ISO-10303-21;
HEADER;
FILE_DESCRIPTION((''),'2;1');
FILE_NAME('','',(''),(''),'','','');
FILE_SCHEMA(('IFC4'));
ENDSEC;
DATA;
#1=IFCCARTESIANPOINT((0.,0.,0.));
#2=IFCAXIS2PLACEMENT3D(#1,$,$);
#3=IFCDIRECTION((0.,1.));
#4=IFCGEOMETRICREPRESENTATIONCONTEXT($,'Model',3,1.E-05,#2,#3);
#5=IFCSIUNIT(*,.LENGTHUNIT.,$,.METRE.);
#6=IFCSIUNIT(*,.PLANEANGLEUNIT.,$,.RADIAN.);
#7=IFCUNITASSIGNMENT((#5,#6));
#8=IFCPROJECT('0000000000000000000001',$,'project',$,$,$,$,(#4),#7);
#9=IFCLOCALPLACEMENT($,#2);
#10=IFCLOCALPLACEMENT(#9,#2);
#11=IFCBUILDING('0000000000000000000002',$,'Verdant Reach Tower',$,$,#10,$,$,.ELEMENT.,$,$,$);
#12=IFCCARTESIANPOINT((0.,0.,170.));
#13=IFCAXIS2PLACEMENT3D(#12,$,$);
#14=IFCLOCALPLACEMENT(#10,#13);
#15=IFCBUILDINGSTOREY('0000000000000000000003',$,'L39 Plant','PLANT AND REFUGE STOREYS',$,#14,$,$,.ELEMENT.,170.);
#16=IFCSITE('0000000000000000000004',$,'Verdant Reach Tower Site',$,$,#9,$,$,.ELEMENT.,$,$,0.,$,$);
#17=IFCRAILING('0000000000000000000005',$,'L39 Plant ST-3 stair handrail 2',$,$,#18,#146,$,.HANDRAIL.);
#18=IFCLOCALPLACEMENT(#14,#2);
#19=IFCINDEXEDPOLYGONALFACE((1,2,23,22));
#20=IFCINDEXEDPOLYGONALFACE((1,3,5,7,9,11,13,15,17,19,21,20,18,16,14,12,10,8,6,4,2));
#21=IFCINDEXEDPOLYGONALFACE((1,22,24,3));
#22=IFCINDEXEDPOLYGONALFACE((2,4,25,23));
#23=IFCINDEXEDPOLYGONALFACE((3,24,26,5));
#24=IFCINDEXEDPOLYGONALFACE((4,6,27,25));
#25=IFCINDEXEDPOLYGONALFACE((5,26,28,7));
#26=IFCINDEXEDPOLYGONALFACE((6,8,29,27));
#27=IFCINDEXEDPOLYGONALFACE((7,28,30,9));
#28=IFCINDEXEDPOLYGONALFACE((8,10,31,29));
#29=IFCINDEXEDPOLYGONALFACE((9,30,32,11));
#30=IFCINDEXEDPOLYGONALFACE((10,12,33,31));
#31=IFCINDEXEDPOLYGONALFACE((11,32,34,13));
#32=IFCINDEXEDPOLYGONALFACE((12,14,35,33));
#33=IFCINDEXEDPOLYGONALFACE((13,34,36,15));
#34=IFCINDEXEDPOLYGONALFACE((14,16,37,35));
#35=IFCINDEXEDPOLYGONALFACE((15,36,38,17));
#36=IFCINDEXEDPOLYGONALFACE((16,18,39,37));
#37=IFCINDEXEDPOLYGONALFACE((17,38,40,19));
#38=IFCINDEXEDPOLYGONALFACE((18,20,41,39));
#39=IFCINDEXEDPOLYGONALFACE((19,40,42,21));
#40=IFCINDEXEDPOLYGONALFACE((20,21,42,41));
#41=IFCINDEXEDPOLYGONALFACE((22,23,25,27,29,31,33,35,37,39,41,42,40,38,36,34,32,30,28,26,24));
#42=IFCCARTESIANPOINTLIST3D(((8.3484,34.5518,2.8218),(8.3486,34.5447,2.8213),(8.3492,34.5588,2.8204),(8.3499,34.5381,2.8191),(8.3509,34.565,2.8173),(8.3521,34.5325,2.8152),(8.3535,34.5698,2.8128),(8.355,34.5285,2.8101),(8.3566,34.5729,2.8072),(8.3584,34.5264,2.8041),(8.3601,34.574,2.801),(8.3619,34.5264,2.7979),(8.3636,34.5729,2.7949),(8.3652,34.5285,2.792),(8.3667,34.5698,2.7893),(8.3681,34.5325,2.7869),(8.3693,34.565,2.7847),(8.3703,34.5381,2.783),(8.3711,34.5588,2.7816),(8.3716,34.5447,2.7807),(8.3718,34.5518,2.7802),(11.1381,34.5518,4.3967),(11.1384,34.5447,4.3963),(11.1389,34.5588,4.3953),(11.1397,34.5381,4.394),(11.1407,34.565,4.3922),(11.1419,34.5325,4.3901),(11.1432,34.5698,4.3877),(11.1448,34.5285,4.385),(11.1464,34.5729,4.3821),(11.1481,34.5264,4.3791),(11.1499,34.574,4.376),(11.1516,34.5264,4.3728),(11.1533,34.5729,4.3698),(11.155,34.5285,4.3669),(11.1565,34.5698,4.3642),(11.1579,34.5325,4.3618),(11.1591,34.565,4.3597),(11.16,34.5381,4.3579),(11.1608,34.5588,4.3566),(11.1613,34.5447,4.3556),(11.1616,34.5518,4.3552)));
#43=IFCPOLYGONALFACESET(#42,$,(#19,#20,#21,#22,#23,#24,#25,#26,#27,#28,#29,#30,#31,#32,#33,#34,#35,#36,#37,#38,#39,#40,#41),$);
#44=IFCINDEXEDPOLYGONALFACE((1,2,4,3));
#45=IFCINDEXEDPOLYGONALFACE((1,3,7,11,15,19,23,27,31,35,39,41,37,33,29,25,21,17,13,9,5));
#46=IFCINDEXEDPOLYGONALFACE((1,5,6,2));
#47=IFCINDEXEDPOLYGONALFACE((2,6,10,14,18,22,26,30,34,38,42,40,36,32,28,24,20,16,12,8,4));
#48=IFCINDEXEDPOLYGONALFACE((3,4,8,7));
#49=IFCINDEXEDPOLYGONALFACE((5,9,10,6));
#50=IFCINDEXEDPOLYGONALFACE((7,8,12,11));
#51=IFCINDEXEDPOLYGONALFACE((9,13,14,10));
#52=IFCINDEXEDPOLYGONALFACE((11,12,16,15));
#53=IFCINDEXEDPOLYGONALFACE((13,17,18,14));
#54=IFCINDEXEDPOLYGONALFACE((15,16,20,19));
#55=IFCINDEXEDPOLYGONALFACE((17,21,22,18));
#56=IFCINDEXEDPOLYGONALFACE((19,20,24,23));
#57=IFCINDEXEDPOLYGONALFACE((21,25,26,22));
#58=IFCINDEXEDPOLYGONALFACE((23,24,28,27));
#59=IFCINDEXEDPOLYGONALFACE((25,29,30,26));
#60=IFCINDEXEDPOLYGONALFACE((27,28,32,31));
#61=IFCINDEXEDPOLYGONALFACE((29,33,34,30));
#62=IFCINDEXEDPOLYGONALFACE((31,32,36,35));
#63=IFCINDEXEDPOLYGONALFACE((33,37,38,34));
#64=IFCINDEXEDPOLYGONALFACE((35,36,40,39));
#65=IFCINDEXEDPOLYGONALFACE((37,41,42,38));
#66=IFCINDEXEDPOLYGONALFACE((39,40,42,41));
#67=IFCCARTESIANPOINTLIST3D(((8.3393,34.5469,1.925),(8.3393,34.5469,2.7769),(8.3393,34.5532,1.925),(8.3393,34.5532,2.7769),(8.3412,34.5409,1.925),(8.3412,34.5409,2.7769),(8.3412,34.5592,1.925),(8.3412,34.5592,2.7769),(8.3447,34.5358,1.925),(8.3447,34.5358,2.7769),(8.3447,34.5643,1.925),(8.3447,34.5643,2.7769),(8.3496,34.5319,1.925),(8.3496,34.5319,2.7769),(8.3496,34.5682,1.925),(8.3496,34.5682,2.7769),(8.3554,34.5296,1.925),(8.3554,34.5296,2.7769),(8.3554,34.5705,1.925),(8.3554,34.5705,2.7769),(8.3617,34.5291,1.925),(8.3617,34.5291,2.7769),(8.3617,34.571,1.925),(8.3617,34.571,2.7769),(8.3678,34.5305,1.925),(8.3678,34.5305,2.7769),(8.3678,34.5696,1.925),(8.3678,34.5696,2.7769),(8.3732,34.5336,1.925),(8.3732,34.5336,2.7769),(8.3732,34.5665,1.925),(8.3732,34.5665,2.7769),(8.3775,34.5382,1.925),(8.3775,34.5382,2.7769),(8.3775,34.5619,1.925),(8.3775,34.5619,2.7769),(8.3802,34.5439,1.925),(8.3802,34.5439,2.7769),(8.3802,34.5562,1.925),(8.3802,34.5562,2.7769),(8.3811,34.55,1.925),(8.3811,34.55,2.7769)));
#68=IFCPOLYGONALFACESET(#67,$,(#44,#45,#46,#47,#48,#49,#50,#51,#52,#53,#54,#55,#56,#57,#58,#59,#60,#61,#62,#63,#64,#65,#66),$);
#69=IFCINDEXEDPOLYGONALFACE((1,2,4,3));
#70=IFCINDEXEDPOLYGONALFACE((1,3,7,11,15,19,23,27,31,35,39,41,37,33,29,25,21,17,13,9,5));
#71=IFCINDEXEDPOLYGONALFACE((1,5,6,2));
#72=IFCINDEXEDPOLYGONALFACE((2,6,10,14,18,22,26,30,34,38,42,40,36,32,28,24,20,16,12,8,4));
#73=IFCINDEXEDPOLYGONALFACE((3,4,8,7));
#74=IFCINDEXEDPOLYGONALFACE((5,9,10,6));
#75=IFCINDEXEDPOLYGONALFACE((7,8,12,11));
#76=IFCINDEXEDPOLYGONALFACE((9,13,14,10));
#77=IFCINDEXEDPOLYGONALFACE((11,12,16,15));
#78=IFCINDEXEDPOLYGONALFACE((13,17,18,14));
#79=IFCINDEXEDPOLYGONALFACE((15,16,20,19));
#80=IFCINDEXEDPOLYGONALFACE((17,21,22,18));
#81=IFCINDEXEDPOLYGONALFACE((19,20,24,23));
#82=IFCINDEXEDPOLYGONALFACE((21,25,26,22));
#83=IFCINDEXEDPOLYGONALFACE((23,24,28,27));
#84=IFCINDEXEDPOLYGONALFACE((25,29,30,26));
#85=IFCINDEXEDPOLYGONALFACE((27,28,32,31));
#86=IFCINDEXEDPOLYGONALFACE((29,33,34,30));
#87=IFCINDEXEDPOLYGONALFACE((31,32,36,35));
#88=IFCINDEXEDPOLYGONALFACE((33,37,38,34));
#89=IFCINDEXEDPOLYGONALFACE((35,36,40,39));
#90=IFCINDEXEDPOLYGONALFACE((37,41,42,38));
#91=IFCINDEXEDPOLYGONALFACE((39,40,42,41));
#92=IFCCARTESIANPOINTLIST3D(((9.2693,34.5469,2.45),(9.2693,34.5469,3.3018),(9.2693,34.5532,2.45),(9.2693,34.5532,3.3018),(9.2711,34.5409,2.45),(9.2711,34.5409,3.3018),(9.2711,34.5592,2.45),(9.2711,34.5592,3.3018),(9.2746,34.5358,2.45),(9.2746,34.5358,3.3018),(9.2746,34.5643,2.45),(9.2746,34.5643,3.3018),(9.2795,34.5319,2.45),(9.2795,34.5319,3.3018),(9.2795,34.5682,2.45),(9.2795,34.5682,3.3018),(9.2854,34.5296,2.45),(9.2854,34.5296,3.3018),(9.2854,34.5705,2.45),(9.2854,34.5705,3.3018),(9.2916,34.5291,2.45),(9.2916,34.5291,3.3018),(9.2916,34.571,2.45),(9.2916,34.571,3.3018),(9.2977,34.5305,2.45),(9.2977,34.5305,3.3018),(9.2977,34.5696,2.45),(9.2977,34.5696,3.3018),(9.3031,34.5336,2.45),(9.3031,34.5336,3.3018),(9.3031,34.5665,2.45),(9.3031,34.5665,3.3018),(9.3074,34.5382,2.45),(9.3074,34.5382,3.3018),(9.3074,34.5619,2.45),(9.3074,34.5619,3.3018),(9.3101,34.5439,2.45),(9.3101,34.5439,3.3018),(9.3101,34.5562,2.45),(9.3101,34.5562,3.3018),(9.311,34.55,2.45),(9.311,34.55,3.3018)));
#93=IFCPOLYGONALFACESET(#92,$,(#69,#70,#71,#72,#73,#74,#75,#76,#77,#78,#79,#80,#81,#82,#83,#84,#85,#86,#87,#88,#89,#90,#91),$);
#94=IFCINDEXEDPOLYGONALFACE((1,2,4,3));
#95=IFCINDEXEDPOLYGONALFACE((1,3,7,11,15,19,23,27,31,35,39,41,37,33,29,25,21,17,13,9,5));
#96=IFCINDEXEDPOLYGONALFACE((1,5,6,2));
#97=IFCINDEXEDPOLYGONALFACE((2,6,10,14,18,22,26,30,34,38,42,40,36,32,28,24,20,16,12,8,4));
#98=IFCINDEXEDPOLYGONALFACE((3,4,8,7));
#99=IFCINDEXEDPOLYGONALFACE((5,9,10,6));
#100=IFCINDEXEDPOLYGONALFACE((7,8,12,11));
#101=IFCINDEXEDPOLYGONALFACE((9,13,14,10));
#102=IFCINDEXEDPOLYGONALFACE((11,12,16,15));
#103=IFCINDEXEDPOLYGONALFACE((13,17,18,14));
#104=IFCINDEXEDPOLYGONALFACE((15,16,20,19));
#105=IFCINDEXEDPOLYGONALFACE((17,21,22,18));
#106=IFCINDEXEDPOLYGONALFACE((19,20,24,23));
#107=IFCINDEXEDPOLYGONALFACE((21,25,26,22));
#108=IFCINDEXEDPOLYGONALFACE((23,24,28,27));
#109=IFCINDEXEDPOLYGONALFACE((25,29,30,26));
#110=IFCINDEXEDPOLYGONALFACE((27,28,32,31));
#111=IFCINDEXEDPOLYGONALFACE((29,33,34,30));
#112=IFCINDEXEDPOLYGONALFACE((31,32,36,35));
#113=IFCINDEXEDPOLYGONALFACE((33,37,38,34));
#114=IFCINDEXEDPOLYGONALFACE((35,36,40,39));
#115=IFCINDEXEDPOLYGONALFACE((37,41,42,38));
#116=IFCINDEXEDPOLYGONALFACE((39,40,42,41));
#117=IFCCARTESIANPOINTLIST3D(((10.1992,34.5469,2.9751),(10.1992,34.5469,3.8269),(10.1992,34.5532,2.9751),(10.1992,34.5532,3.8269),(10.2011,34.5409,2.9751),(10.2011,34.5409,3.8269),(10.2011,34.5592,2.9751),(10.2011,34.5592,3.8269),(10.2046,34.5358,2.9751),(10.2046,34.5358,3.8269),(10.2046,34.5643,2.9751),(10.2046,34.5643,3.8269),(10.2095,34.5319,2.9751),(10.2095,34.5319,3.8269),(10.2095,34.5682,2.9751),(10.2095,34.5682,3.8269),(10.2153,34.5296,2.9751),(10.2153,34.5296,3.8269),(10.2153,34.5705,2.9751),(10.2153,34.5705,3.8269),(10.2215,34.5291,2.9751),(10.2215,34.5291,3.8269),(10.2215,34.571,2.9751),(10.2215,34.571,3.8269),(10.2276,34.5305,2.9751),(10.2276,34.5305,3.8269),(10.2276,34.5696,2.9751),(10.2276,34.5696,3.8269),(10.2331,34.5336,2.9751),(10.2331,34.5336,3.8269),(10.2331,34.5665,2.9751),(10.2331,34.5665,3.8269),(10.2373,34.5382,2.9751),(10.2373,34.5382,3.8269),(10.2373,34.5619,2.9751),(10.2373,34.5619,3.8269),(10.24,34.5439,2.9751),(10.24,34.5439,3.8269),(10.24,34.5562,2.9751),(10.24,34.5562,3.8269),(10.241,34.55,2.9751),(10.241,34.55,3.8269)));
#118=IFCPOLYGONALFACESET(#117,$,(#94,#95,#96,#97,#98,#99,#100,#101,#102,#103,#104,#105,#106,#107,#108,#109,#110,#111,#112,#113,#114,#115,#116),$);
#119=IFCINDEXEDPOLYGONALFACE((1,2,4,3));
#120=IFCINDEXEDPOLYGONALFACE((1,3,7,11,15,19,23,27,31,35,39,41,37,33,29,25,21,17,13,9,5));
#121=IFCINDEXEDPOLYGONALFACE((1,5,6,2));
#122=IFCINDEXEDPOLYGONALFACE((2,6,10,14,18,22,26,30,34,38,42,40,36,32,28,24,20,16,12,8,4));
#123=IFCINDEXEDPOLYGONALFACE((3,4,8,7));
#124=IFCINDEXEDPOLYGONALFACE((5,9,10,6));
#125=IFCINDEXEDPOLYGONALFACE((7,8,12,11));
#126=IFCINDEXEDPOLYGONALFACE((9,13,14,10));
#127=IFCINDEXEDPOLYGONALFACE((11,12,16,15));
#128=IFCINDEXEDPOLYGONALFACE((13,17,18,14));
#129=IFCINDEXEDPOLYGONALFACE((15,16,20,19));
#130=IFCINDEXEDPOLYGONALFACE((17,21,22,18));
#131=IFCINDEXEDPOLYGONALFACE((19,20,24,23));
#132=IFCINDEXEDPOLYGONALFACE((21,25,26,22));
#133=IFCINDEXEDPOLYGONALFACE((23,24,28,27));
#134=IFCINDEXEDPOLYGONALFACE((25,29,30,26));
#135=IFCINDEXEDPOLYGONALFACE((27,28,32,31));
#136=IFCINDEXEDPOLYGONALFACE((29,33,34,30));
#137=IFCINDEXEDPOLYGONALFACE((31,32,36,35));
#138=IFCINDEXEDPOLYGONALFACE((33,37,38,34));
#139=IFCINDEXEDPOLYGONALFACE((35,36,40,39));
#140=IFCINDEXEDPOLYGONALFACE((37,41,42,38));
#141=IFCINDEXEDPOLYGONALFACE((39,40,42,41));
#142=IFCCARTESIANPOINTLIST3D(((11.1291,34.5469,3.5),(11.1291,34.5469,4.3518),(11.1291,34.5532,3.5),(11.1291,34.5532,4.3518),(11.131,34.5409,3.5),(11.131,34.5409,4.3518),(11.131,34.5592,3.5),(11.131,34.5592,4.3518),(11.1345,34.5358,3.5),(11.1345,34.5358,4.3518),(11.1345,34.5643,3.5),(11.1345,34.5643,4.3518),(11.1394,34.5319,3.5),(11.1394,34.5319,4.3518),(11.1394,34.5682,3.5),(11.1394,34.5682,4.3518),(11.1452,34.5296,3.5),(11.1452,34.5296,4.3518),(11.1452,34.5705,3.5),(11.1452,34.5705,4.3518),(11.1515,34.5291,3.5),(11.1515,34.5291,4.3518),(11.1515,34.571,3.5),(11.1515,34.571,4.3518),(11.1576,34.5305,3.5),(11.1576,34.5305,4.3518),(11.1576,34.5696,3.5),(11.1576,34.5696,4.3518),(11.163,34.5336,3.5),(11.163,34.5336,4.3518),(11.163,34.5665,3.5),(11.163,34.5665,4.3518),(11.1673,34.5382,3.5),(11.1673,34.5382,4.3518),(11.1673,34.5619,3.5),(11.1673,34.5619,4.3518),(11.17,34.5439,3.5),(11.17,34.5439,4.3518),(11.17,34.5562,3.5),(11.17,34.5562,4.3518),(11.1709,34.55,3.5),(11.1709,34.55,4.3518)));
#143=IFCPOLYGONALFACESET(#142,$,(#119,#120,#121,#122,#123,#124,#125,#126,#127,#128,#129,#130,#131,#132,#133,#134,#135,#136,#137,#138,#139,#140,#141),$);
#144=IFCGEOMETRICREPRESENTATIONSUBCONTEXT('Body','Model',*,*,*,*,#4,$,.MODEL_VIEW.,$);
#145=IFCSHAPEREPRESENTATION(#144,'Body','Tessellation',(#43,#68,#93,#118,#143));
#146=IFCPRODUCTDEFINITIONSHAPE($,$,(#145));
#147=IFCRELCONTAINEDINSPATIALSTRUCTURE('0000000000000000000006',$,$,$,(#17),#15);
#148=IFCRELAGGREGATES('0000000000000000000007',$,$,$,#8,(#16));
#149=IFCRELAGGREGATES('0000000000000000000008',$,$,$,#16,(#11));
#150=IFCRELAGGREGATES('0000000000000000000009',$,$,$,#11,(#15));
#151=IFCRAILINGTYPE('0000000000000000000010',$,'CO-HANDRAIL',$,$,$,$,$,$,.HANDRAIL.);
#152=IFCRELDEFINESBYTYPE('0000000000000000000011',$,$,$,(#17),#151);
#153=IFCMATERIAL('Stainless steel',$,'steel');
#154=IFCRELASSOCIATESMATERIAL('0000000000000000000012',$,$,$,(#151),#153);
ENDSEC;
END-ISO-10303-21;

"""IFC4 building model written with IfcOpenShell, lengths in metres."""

from ifc_helpers import new_model, si_unit, direction, frame, origin, origin_2d, place, context, subcontext, project, spatial, circle, extrude, material, type_object, element, save


model = new_model("IFC4")

# Units and contexts
model_context = context("Model", 3, precision=1e-05, world=origin(), true_north=direction((0.0, 1.0)))
body_context = subcontext(model_context, "Body", "Model", "MODEL_VIEW")
ifc_project = project(units=[si_unit("LENGTHUNIT", "METRE"), si_unit("PLANEANGLEUNIT", "RADIAN")], contexts=[model_context])

# Site, building, storey
site_placement = place(None, origin())
site = spatial("IfcSite", under=ifc_project, at=site_placement, Name="Verdant Reach Tower Site", CompositionType="ELEMENT", RefElevation=0.0)
building_placement = place(site_placement, origin())
building = spatial("IfcBuilding", under=site, at=building_placement, Name="Verdant Reach Tower", CompositionType="ELEMENT")
storey_placement = place(building_placement, frame((0.0, 0.0, 170.0)))
storey = spatial("IfcBuildingStorey", under=building, at=storey_placement, Name="L39 Plant", Description="PLANT AND REFUGE STOREYS", CompositionType="ELEMENT", Elevation=170.0)

# Railing
ifc_material_1 = material(Name="Stainless steel", Category="steel")
railing_type_1 = type_object("IfcRailingType", Name="CO-HANDRAIL", PredefinedType="HANDRAIL", material=ifc_material_1)
railing_1_placement = place(storey_placement, frame((8.3601, 34.55, 1.925)))
element("IfcRailing", 1, at=railing_1_placement, inside=storey, type_object=railing_type_1, Name="L39 Plant ST-3 stair handrail 2", PredefinedType="HANDRAIL", context=body_context, shape_type="SweptSolid", body=[
    extrude(circle(Radius=0.0239, at=origin_2d()), frame((0.0, 0.0, 0.876), z_axis=(0.870815, 0.0, 0.49161), x_axis=(0.0, 1.0, 0.0)), (0.0, 0.0, 1.0), 3.2036),
    extrude(circle(Radius=0.021, at=origin_2d()), origin(), (0.0, 0.0, 1.0), 0.8518),
    extrude(circle(Radius=0.021, at=origin_2d()), frame((0.9299, 0.0, 0.5249)), (0.0, 0.0, 1.0), 0.8518),
    extrude(circle(Radius=0.021, at=origin_2d()), frame((1.8599, 0.0, 1.05)), (0.0, 0.0, 1.0), 0.8518),
    extrude(circle(Radius=0.021, at=origin_2d()), frame((2.7898, 0.0, 1.575)), (0.0, 0.0, 1.0), 0.8518),
])

save(model, "model.ifc")
